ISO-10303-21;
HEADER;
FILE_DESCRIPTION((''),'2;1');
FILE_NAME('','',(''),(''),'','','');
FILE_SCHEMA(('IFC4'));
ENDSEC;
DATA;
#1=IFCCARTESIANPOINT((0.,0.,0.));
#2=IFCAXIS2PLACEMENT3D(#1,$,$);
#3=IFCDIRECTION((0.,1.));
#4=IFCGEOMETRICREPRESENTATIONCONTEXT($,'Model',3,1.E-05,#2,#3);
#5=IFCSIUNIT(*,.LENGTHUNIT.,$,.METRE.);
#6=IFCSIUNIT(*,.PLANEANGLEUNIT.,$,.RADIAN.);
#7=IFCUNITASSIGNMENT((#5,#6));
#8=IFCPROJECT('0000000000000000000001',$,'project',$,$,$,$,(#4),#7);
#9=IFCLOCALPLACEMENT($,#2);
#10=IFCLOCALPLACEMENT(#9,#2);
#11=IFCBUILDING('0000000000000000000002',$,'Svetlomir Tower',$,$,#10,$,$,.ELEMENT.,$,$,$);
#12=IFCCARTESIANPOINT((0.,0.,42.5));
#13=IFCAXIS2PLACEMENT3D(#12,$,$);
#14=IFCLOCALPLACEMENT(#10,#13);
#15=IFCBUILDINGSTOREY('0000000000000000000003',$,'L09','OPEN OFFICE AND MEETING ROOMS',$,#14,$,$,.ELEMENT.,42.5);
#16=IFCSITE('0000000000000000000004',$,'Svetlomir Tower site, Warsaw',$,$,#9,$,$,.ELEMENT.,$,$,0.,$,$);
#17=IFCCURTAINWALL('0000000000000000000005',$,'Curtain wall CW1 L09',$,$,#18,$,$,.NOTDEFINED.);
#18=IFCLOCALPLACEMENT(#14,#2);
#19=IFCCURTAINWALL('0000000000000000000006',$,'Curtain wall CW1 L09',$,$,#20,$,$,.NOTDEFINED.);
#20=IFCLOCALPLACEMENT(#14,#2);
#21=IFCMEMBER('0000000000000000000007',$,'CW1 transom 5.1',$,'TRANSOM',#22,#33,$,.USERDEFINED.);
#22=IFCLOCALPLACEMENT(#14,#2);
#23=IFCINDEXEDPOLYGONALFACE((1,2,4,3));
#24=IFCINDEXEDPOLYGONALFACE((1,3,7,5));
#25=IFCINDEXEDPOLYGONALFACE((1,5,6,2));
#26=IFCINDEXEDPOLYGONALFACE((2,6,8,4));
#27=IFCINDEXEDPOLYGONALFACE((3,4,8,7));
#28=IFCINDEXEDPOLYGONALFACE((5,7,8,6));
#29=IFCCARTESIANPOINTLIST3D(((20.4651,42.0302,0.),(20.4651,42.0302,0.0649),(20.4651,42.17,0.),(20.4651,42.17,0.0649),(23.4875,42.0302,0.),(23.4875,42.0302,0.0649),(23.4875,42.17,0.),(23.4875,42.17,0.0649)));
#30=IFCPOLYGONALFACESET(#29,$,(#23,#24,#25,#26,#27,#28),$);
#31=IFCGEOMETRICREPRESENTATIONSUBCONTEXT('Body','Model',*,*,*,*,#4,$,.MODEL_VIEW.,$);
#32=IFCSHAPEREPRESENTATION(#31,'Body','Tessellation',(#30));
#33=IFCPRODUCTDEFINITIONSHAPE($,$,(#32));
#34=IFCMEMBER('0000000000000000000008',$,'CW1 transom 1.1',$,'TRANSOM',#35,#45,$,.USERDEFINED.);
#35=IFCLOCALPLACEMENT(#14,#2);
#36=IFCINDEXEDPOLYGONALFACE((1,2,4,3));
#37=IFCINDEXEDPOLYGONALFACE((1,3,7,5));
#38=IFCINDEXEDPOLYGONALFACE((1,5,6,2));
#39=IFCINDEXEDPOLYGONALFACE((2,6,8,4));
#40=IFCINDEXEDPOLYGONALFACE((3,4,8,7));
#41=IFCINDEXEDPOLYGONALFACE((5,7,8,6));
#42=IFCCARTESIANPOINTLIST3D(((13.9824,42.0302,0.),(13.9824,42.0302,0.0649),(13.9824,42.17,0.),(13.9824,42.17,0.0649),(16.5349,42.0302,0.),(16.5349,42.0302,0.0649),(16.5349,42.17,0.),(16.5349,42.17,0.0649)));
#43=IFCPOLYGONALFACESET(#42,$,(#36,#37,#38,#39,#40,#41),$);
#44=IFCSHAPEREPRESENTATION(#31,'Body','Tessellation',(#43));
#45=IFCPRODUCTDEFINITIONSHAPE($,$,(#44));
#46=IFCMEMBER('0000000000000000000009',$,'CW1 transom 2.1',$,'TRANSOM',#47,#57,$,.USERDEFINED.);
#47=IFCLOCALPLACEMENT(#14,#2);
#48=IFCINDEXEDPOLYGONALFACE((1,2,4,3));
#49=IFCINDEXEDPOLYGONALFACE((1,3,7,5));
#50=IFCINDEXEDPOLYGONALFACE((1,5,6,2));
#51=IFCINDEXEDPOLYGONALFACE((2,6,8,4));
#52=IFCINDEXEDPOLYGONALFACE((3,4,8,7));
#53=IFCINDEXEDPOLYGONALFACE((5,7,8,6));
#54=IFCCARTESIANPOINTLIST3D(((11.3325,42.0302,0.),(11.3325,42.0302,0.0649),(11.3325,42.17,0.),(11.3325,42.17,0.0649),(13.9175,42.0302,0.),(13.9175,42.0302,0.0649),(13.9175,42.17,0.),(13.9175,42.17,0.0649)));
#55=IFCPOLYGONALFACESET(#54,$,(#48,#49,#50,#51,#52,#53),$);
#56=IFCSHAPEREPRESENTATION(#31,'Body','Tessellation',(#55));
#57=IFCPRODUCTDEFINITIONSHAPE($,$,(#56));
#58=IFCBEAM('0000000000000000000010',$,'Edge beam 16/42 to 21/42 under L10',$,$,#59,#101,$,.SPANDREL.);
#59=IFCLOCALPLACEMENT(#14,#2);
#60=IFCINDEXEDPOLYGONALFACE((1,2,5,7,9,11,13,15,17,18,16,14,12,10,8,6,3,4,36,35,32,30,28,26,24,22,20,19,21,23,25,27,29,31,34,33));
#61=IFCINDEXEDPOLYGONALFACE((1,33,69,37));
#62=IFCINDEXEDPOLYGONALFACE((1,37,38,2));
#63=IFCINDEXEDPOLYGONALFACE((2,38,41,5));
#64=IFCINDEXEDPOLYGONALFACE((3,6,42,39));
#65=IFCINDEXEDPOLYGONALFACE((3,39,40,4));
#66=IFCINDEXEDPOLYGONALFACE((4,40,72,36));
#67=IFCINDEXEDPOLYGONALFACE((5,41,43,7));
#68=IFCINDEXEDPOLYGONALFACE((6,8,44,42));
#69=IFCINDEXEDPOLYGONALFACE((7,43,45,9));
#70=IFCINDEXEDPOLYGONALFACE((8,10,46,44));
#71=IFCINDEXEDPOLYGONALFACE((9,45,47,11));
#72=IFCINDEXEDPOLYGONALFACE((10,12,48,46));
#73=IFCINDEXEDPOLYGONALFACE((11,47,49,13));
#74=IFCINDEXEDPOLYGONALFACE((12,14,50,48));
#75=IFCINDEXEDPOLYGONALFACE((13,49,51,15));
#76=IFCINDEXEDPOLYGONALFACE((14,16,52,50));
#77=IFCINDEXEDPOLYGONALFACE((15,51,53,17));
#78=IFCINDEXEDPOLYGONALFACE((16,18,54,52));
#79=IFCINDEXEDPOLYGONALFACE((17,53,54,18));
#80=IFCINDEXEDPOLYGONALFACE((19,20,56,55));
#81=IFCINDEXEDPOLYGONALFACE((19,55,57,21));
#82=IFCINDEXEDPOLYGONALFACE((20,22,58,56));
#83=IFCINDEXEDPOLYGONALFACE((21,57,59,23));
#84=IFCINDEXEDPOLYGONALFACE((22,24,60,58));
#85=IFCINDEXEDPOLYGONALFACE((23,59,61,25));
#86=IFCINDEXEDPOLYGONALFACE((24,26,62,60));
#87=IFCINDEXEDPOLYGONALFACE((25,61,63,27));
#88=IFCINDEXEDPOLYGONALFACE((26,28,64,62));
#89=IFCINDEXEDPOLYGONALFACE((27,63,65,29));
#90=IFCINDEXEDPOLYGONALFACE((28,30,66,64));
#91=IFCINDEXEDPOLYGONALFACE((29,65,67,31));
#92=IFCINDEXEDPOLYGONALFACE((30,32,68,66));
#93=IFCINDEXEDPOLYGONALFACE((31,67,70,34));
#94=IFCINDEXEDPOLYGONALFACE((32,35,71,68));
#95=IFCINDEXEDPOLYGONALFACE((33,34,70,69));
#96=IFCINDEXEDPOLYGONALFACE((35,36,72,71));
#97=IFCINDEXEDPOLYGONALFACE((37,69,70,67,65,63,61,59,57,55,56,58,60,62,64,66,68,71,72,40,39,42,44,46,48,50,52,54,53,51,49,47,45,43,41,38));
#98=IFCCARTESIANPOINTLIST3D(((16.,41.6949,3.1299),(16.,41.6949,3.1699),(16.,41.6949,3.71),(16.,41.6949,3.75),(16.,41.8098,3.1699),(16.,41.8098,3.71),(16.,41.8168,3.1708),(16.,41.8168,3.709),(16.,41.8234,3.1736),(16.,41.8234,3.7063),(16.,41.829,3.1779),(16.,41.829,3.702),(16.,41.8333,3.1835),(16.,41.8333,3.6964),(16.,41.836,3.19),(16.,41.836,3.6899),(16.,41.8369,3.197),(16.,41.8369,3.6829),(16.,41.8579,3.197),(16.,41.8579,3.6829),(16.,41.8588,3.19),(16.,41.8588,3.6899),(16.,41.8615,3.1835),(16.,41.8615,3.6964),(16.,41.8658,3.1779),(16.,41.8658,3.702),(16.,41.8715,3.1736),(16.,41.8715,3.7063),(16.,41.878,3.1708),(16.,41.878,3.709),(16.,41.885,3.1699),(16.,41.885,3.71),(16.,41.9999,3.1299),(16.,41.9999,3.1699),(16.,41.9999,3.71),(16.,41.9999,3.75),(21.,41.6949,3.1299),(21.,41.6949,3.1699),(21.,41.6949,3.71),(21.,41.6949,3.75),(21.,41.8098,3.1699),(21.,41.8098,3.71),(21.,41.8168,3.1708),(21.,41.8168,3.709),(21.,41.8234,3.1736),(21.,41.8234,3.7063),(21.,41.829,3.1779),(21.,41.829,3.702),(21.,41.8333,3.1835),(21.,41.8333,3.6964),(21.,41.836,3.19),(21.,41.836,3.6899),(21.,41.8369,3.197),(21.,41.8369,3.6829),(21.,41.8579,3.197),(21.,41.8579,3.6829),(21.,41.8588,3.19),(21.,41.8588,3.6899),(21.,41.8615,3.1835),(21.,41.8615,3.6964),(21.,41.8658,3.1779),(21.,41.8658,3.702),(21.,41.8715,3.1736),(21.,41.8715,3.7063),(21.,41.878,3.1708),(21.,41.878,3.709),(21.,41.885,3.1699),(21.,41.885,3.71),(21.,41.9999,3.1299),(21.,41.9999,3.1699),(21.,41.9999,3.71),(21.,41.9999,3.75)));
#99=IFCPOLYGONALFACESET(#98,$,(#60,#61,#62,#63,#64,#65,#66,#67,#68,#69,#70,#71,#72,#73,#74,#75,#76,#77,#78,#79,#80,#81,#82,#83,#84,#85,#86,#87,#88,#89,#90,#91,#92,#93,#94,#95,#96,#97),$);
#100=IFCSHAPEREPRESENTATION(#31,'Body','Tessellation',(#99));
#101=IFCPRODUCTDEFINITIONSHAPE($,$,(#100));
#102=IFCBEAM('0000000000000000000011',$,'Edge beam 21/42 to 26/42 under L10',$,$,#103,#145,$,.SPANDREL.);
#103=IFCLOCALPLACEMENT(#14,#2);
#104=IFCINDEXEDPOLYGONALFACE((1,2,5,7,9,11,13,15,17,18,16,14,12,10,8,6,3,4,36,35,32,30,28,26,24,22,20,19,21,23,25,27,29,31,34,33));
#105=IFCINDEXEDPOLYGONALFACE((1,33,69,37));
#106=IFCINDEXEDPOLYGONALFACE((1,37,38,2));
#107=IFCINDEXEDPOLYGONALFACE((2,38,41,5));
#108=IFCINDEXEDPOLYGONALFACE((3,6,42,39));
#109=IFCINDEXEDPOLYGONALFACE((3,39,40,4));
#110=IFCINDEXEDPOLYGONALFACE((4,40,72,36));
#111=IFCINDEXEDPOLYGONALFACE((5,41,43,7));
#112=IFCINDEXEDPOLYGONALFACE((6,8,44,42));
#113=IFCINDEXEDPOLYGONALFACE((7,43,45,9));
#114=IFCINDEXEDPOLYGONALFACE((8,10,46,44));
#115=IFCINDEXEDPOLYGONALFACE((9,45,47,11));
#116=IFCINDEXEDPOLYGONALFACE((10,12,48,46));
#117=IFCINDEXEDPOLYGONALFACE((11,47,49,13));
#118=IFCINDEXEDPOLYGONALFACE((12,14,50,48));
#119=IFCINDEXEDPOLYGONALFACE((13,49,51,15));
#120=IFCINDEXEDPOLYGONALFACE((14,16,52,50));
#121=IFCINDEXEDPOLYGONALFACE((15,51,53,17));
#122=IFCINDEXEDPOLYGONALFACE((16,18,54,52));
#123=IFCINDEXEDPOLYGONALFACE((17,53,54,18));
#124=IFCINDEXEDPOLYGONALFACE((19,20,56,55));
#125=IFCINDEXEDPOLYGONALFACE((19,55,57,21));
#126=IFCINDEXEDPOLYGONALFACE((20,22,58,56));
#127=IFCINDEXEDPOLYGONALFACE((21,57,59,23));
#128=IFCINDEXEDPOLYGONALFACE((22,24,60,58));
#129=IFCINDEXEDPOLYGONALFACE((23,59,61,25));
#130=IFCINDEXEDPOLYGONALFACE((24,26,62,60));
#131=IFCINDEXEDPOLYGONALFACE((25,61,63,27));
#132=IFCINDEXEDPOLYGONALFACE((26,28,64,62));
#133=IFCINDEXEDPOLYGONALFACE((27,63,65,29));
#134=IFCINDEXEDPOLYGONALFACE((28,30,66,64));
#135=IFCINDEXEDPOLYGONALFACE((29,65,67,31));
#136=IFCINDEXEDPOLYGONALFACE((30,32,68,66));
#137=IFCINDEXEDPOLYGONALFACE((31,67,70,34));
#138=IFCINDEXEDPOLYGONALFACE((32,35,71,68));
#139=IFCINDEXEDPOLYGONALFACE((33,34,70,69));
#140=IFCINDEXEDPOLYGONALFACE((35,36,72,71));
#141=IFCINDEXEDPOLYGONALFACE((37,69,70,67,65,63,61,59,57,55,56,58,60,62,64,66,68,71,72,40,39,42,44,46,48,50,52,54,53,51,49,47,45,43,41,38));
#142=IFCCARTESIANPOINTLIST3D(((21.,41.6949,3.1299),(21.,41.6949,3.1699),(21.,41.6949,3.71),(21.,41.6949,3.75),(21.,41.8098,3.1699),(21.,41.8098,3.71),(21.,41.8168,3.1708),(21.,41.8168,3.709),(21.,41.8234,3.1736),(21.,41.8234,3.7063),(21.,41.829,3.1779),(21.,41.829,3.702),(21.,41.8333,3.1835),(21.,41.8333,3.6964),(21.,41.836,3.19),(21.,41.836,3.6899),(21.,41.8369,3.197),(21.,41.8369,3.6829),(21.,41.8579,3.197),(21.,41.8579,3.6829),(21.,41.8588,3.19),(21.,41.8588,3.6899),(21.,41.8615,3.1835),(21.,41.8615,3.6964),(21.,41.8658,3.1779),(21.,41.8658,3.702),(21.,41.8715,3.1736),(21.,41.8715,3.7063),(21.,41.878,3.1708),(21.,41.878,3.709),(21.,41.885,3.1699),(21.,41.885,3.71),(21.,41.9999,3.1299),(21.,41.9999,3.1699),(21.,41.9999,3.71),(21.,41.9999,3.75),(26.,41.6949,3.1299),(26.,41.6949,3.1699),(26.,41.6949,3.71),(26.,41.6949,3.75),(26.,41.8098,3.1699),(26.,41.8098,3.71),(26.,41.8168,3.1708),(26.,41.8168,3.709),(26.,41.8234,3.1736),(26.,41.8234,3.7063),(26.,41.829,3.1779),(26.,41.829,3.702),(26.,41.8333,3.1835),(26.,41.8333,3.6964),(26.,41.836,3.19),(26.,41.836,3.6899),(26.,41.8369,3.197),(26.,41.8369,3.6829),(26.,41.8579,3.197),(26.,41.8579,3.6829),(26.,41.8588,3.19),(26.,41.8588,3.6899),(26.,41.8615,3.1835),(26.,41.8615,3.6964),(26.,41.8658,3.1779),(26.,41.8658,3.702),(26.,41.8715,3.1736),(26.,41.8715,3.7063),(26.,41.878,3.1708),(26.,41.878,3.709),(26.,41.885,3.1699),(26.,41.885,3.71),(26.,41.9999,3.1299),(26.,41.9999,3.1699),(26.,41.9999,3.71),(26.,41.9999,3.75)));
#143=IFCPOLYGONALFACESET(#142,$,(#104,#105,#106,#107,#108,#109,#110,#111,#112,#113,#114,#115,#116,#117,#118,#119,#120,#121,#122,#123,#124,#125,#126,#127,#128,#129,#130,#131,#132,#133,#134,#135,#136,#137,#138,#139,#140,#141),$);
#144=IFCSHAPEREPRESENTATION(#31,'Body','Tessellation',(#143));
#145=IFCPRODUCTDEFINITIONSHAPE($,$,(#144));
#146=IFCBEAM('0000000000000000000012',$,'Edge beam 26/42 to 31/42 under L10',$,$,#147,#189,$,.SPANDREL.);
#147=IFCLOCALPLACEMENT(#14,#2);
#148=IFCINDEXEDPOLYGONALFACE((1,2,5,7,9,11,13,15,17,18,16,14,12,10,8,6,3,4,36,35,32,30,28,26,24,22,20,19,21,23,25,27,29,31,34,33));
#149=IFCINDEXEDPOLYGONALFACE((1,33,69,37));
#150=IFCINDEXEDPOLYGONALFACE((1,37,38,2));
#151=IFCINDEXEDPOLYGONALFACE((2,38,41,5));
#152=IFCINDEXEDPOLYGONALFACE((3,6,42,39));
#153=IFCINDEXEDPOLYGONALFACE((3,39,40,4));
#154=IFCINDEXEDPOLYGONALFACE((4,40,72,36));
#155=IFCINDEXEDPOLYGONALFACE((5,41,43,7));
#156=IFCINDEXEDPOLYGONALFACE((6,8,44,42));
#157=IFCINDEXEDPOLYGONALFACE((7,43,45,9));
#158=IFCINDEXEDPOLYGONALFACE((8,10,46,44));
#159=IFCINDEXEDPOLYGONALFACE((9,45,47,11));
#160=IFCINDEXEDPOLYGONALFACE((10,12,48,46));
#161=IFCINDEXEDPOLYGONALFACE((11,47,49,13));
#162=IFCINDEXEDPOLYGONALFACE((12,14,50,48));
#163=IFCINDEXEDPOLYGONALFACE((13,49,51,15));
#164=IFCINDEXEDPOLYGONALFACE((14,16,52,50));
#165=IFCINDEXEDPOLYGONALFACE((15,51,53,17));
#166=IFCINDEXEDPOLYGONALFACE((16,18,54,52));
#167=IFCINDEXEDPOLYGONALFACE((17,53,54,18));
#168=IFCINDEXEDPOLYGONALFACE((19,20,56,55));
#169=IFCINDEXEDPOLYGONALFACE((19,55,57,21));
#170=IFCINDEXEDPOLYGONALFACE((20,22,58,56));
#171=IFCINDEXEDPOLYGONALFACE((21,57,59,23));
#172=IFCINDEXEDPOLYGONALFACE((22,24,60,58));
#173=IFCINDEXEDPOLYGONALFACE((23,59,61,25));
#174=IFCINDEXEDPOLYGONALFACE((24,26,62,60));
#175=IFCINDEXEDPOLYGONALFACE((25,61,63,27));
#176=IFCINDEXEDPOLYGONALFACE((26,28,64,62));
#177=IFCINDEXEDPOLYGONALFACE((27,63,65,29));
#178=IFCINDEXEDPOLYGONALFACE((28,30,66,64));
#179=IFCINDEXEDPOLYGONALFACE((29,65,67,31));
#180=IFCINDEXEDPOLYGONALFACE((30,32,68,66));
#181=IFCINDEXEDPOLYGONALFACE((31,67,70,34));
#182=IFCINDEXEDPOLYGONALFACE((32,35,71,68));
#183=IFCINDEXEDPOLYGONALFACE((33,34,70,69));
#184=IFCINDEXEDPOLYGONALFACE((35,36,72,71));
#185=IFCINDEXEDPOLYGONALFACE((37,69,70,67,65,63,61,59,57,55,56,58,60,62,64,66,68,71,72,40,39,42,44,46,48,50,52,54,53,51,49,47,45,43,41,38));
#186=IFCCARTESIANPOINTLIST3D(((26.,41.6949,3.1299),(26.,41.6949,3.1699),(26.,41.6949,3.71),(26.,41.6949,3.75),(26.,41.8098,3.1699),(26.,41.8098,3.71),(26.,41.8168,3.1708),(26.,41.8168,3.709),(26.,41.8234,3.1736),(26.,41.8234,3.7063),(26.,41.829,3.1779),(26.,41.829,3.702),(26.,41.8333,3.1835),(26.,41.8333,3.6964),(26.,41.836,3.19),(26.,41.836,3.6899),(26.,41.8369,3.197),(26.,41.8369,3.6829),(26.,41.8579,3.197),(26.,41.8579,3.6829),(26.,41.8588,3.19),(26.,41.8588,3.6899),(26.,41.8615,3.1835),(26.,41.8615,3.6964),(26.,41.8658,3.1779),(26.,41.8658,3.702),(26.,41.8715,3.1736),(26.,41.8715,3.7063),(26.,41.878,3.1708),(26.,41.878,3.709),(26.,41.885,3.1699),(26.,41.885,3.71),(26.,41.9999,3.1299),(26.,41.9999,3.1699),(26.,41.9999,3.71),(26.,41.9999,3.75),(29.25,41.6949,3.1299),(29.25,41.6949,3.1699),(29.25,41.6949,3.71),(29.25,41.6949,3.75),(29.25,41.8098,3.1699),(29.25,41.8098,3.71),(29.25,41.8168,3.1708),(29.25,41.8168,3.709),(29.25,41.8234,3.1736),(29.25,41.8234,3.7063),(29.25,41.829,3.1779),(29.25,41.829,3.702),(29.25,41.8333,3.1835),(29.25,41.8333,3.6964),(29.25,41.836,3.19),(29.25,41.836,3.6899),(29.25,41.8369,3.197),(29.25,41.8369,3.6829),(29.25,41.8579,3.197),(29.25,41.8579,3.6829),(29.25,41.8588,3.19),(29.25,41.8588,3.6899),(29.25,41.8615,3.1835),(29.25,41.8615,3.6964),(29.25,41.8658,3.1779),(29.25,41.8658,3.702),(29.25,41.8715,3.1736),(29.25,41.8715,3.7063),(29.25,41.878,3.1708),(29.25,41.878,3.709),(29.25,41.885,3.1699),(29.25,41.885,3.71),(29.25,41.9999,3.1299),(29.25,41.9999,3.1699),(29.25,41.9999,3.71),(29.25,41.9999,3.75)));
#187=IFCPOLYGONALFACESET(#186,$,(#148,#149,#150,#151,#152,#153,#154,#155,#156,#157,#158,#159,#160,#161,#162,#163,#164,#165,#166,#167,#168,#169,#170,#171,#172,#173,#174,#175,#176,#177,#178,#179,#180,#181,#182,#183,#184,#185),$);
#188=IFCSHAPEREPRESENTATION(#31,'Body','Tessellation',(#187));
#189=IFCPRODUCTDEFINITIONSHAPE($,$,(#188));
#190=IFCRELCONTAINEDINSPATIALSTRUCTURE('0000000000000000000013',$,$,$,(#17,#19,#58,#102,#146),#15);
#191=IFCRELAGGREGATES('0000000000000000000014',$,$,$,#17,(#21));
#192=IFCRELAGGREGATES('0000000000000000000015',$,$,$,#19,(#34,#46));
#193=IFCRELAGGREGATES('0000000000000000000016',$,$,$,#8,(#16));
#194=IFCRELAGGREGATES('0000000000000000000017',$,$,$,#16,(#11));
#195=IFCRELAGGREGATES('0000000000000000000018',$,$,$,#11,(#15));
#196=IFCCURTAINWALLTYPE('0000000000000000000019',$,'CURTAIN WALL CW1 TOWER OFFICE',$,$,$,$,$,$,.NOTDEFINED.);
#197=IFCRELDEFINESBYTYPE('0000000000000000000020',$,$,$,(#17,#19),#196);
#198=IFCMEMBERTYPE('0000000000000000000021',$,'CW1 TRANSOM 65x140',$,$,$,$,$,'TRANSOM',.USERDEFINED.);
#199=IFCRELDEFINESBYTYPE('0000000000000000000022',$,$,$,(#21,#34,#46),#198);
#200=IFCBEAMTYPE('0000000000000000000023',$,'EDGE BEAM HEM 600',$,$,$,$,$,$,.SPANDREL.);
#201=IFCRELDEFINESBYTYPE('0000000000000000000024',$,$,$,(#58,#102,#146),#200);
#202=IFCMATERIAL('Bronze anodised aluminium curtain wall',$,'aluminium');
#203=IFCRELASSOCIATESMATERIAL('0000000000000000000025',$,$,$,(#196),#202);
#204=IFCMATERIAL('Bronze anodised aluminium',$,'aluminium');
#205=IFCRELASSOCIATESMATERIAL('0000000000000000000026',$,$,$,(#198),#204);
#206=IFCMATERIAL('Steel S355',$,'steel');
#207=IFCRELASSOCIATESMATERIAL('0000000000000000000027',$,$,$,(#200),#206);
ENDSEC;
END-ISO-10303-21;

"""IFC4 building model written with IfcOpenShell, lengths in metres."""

from ifc_helpers import new_model, si_unit, direction, frame, origin, origin_2d, place, context, subcontext, project, spatial, rectangle, i_section, extrude, material, material_profile, profile_set, type_object, element, aggregate, save


model = new_model("IFC4")

# Units and contexts
model_context = context("Model", 3, precision=1e-05, world=origin(), true_north=direction((0.0, 1.0)))
body_context = subcontext(model_context, "Body", "Model", "MODEL_VIEW")
ifc_project = project(units=[si_unit("LENGTHUNIT", "METRE"), si_unit("PLANEANGLEUNIT", "RADIAN")], contexts=[model_context])

# Site, building, storey
site_placement = place(None, origin())
site = spatial("IfcSite", under=ifc_project, at=site_placement, Name="Svetlomir Tower site, Warsaw", CompositionType="ELEMENT", RefElevation=0.0)
building_placement = place(site_placement, origin())
building = spatial("IfcBuilding", under=site, at=building_placement, Name="Svetlomir Tower", CompositionType="ELEMENT")
storey_placement = place(building_placement, frame((0.0, 0.0, 42.5)))
storey = spatial("IfcBuildingStorey", under=building, at=storey_placement, Name="L09", Description="OPEN OFFICE AND MEETING ROOMS", CompositionType="ELEMENT", Elevation=42.5)

# Curtain walls
ifc_material_1 = material(Name="Bronze anodised aluminium curtain wall", Category="aluminium")
curtain_wall_type = type_object("IfcCurtainWallType", Name="CURTAIN WALL CW1 TOWER OFFICE", PredefinedType="NOTDEFINED", material=ifc_material_1)
curtain_wall_1_placement = place(storey_placement, origin())
curtain_wall_1 = element("IfcCurtainWall", 1, at=curtain_wall_1_placement, inside=storey, type_object=curtain_wall_type, Name="Curtain wall CW1 L09", PredefinedType="NOTDEFINED")
curtain_wall_2_placement = place(storey_placement, origin())
curtain_wall_2 = element("IfcCurtainWall", 2, at=curtain_wall_2_placement, inside=storey, type_object=curtain_wall_type, Name="Curtain wall CW1 L09", PredefinedType="NOTDEFINED")

# Members
ifc_material_2 = material(Name="Bronze anodised aluminium", Category="aluminium")
ifc_material_profile_1 = material_profile(ifc_material_2, rectangle(XDim=0.1399, YDim=0.0649, at=origin_2d()), Name="AL 140x65")
ifc_profile_set_1 = profile_set([ifc_material_profile_1], Name="Bronze anodised aluminium 6063-T6")
member_type_1 = type_object("IfcMemberType", Name="CW1 TRANSOM 65x140", ElementType="TRANSOM", PredefinedType="USERDEFINED", material=ifc_profile_set_1)
member_1_placement = place(storey_placement, frame((23.4875, 42.1001, 0.0325), z_axis=(-1.0, 0.0, 0.0), x_axis=(0.0, -1.0, 0.0)))
member_1 = element("IfcMember", 3, at=member_1_placement, type_object=member_type_1, Name="CW1 transom 5.1", ObjectType="TRANSOM", PredefinedType="USERDEFINED", context=body_context, shape_type="SweptSolid", body=[
    extrude(rectangle(XDim=0.1399, YDim=0.0649, at=origin_2d()), origin(), (0.0, 0.0, 1.0), 3.0225),
])
member_2_placement = place(storey_placement, frame((16.5349, 42.1001, 0.0325), z_axis=(-1.0, 0.0, 0.0), x_axis=(0.0, -1.0, 0.0)))
member_2 = element("IfcMember", 4, at=member_2_placement, type_object=member_type_1, Name="CW1 transom 1.1", ObjectType="TRANSOM", PredefinedType="USERDEFINED", context=body_context, shape_type="SweptSolid", body=[
    extrude(rectangle(XDim=0.1399, YDim=0.0649, at=origin_2d()), origin(), (0.0, 0.0, 1.0), 2.5525),
])
member_3_placement = place(storey_placement, frame((13.9175, 42.1001, 0.0325), z_axis=(-1.0, 0.0, 0.0), x_axis=(0.0, -1.0, 0.0)))
member_3 = element("IfcMember", 5, at=member_3_placement, type_object=member_type_1, Name="CW1 transom 2.1", ObjectType="TRANSOM", PredefinedType="USERDEFINED", context=body_context, shape_type="SweptSolid", body=[
    extrude(rectangle(XDim=0.1399, YDim=0.0649, at=origin_2d()), origin(), (0.0, 0.0, 1.0), 2.585),
])

# Beams
ifc_material_3 = material(Name="Steel S355", Category="steel")
ifc_material_profile_2 = material_profile(ifc_material_3, i_section(OverallWidth=0.3049, OverallDepth=0.6201, WebThickness=0.021, FlangeThickness=0.04, FilletRadius=0.0271, at=origin_2d()), Name="HEM 600")
ifc_profile_set_2 = profile_set([ifc_material_profile_2], Name="Steel S355")
beam_type_1 = type_object("IfcBeamType", Name="EDGE BEAM HEM 600", PredefinedType="SPANDREL", material=ifc_profile_set_2)
for number, where, z_axis, x_axis, name in (
    (6, (16.0, 41.8474, 3.4399), (1.0, 0.0, 0.0), (0.0, 1.0, 0.0), "Edge beam 16/42 to 21/42 under L10"),
    (7, (21.0, 41.8474, 3.4399), (1.0, 0.0, 0.0), (0.0, 1.0, 0.0), "Edge beam 21/42 to 26/42 under L10"),
):
    element("IfcBeam", number, at=place(storey_placement, frame(where, z_axis=z_axis, x_axis=x_axis)), inside=storey, type_object=beam_type_1, Name=name, PredefinedType="SPANDREL", context=body_context, shape_type="SweptSolid", body=[
        extrude(i_section(OverallWidth=0.3049, OverallDepth=0.6201, WebThickness=0.021, FlangeThickness=0.04, FilletRadius=0.0271, at=origin_2d()), origin(), (0.0, 0.0, 1.0), 5.0),
    ])
beam_1_placement = place(storey_placement, frame((26.0, 41.8474, 3.4399), z_axis=(1.0, 0.0, 0.0), x_axis=(0.0, 1.0, 0.0)))
element("IfcBeam", 8, at=beam_1_placement, inside=storey, type_object=beam_type_1, Name="Edge beam 26/42 to 31/42 under L10", PredefinedType="SPANDREL", context=body_context, shape_type="SweptSolid", body=[
    extrude(i_section(OverallWidth=0.3049, OverallDepth=0.6201, WebThickness=0.021, FlangeThickness=0.04, FilletRadius=0.0271, at=origin_2d()), origin(), (0.0, 0.0, 1.0), 3.25),
])

aggregate(curtain_wall_1, [member_1])
aggregate(curtain_wall_2, [member_2, member_3])

save(model, "model.ifc")
